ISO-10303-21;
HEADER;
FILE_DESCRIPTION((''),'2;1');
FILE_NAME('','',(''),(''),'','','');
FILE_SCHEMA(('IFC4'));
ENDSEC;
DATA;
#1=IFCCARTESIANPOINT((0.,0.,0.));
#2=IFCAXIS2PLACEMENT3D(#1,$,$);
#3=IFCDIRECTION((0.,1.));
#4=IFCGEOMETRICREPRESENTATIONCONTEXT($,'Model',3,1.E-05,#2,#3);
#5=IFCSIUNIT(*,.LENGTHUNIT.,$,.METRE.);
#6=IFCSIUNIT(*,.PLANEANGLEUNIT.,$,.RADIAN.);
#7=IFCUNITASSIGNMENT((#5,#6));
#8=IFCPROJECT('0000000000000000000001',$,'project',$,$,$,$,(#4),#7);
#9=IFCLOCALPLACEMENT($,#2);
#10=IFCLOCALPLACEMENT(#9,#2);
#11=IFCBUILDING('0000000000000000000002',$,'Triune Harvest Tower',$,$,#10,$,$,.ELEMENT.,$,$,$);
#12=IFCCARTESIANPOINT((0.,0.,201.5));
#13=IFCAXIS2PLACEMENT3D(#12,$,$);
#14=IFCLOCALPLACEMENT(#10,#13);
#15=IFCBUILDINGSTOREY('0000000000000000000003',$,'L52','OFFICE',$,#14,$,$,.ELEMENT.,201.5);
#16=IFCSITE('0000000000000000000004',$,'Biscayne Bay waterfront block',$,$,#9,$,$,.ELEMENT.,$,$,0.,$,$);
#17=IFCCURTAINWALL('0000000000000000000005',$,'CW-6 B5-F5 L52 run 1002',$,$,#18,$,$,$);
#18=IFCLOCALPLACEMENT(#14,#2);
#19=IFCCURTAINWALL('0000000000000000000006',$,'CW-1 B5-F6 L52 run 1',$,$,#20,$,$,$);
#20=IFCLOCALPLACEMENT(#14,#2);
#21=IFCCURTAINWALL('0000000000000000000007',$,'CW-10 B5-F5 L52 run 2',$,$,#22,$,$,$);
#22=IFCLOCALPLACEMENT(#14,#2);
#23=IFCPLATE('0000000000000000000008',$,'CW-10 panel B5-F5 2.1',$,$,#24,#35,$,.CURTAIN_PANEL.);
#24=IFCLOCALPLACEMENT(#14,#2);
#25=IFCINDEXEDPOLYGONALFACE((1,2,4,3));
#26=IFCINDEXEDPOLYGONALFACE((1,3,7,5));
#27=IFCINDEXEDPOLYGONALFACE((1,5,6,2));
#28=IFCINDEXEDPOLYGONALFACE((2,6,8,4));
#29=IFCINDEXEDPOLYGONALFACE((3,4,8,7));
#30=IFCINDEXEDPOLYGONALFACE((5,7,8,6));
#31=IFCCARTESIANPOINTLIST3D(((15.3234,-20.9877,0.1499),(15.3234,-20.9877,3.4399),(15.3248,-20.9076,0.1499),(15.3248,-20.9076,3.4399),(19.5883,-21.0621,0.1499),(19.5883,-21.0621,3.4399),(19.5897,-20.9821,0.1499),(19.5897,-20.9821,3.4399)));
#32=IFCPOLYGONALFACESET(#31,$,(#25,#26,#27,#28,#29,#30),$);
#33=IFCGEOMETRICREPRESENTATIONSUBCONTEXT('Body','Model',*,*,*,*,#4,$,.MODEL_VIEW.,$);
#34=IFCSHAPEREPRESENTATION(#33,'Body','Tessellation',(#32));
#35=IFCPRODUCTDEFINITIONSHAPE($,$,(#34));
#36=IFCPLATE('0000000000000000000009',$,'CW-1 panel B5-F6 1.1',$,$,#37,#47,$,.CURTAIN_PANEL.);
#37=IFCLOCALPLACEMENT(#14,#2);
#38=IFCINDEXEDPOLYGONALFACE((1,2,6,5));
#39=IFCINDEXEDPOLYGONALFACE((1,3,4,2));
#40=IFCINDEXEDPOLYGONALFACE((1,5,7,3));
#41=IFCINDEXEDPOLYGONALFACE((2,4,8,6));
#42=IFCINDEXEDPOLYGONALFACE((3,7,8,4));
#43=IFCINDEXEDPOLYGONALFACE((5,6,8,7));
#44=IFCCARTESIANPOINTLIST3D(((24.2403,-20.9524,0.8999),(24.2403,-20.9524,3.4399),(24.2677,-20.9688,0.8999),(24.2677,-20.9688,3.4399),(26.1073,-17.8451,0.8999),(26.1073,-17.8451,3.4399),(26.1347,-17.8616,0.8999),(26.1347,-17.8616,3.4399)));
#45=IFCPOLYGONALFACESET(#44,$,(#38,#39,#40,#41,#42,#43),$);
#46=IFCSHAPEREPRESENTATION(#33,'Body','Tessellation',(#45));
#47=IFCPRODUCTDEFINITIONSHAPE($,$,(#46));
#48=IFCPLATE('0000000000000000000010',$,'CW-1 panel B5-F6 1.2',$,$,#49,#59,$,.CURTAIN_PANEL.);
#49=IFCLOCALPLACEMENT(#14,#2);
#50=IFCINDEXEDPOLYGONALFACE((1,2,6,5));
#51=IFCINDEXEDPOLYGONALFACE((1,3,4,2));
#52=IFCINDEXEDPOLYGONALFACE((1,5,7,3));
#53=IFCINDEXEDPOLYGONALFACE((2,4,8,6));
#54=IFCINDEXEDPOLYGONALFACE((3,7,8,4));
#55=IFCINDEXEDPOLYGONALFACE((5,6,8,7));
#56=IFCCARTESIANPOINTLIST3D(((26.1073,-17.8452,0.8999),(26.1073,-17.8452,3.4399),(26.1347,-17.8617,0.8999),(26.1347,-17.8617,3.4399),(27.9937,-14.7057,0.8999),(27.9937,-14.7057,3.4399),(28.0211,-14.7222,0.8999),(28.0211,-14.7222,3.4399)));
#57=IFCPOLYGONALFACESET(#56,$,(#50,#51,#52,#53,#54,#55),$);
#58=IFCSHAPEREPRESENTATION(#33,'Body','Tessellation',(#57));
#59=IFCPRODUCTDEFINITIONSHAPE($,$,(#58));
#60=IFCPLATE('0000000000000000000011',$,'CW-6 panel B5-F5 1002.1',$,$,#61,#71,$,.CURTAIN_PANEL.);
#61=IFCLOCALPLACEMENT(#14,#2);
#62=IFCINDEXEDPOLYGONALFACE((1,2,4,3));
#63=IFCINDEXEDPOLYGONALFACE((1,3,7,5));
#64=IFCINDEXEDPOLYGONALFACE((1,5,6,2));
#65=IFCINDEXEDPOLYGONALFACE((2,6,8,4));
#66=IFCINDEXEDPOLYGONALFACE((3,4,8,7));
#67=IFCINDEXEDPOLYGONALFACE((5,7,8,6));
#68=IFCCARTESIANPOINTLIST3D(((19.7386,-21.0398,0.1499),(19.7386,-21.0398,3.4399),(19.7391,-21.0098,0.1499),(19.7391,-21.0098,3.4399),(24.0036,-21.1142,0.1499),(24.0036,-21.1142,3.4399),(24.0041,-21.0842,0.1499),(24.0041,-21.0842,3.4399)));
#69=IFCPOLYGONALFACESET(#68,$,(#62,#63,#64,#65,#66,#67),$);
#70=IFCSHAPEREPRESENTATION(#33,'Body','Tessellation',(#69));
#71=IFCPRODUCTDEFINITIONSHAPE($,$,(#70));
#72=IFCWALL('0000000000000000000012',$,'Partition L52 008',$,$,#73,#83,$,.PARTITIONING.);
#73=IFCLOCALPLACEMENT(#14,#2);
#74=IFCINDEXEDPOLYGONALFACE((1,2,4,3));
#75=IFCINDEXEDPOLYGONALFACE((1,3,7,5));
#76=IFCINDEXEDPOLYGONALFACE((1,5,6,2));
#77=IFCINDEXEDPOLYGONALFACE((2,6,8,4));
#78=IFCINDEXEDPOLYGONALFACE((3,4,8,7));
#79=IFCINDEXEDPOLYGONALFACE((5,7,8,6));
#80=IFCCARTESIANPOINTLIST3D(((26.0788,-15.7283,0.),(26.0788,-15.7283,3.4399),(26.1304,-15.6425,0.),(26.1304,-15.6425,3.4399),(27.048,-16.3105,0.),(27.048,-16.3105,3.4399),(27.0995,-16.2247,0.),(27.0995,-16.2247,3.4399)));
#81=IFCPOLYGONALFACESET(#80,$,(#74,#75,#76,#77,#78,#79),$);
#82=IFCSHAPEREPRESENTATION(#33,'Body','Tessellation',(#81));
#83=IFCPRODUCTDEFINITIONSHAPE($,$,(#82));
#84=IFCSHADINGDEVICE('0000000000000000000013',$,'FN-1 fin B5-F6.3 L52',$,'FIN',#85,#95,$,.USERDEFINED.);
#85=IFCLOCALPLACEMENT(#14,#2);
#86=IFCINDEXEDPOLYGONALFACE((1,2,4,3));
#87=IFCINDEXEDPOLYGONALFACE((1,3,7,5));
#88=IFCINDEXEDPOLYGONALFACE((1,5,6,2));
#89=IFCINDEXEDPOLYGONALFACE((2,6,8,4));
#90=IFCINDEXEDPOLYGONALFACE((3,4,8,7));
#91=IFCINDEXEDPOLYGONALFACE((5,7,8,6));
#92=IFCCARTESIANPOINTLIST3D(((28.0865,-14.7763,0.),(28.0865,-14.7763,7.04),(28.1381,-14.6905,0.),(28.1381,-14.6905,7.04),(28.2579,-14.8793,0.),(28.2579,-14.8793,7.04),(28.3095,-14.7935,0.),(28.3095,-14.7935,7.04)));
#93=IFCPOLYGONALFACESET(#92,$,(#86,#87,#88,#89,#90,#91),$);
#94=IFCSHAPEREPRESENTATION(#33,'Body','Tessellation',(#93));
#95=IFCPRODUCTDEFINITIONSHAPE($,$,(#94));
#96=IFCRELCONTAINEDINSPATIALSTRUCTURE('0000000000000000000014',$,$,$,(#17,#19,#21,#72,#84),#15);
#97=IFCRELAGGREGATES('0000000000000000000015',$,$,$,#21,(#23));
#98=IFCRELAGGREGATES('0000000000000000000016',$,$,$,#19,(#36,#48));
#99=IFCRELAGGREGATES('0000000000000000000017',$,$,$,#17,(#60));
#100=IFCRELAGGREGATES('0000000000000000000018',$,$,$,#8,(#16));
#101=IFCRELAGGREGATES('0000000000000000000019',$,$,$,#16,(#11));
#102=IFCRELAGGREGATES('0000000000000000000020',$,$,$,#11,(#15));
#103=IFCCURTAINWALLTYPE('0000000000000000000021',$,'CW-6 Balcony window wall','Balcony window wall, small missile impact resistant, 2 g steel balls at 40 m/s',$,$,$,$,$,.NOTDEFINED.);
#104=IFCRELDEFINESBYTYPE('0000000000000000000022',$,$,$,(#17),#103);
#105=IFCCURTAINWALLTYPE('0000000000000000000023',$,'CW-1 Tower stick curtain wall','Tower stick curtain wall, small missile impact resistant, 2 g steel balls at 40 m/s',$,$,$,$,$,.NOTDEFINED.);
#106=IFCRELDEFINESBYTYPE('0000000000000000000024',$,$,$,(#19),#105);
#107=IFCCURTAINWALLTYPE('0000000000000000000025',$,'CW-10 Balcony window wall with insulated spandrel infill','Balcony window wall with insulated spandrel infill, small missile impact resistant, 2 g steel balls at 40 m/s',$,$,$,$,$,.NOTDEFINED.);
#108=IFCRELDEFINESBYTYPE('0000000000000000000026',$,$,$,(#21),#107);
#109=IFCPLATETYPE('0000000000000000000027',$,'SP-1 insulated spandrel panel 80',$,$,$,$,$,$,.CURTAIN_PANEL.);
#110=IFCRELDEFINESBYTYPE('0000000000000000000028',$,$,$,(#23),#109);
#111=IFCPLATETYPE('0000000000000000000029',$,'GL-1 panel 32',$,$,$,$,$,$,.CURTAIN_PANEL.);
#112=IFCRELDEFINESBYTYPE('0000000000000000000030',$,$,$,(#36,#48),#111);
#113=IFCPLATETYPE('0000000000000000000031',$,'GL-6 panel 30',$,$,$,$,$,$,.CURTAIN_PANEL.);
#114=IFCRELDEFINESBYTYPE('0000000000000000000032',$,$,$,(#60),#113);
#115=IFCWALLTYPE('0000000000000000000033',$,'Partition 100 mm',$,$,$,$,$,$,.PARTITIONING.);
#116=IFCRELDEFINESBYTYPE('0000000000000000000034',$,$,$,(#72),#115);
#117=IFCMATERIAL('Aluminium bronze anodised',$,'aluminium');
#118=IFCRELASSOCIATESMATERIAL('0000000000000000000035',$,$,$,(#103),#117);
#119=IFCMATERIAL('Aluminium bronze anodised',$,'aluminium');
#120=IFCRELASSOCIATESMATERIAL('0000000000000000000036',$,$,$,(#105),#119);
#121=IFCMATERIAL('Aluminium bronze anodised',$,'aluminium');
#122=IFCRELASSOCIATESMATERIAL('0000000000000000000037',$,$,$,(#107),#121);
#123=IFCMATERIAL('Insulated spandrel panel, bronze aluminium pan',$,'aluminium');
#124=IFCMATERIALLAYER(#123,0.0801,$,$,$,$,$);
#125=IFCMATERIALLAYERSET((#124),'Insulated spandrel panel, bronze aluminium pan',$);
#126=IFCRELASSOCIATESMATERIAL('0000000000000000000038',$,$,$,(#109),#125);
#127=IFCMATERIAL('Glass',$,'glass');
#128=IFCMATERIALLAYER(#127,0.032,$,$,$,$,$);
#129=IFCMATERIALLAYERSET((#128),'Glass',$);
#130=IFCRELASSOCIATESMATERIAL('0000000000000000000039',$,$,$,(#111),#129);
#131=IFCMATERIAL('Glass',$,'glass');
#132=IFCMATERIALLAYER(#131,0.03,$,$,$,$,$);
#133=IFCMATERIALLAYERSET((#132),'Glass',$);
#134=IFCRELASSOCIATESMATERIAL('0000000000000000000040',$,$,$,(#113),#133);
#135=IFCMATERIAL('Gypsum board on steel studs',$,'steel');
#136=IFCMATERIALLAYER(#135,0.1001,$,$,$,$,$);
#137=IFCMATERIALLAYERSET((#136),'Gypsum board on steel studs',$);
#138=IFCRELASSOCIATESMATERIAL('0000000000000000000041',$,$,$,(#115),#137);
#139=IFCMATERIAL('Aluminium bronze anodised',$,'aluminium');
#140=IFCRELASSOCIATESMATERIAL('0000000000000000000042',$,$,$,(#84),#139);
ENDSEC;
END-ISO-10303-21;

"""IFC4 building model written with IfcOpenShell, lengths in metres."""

from ifc_helpers import new_model, si_unit, direction, frame, frame_2d, origin, origin_2d, place, context, subcontext, project, spatial, rectangle, extrude, source, transform, mapped, material, layer, layer_set, type_object, element, aggregate, save


model = new_model("IFC4")

# Units and contexts
model_context = context("Model", 3, precision=1e-05, world=origin(), true_north=direction((0.0, 1.0)))
body_context = subcontext(model_context, "Body", "Model", "MODEL_VIEW")
ifc_project = project(units=[si_unit("LENGTHUNIT", "METRE"), si_unit("PLANEANGLEUNIT", "RADIAN")], contexts=[model_context])

# Site, building, storey
site_placement = place(None, origin())
site = spatial("IfcSite", under=ifc_project, at=site_placement, Name="Biscayne Bay waterfront block", CompositionType="ELEMENT", RefElevation=0.0)
building_placement = place(site_placement, origin())
building = spatial("IfcBuilding", under=site, at=building_placement, Name="Triune Harvest Tower", CompositionType="ELEMENT")
storey_placement = place(building_placement, frame((0.0, 0.0, 201.5)))
storey = spatial("IfcBuildingStorey", under=building, at=storey_placement, Name="L52", Description="OFFICE", CompositionType="ELEMENT", Elevation=201.5)

# Curtain wall
ifc_material_1 = material(Name="Aluminium bronze anodised", Category="aluminium")
curtain_wall_type_1 = type_object("IfcCurtainWallType", Name="CW-6 Balcony window wall", Description="Balcony window wall, small missile impact resistant, 2 g steel balls at 40 m/s", PredefinedType="NOTDEFINED", material=ifc_material_1)
curtain_wall_1_placement = place(storey_placement, origin())
curtain_wall_1 = element("IfcCurtainWall", 1, at=curtain_wall_1_placement, inside=storey, type_object=curtain_wall_type_1, Name="CW-6 B5-F5 L52 run 1002")

# Curtain wall
ifc_material_2 = material(Name="Aluminium bronze anodised", Category="aluminium")
curtain_wall_type_2 = type_object("IfcCurtainWallType", Name="CW-1 Tower stick curtain wall", Description="Tower stick curtain wall, small missile impact resistant, 2 g steel balls at 40 m/s", PredefinedType="NOTDEFINED", material=ifc_material_2)
curtain_wall_2_placement = place(storey_placement, origin())
curtain_wall_2 = element("IfcCurtainWall", 2, at=curtain_wall_2_placement, inside=storey, type_object=curtain_wall_type_2, Name="CW-1 B5-F6 L52 run 1")

# Curtain wall
ifc_material_3 = material(Name="Aluminium bronze anodised", Category="aluminium")
curtain_wall_type_3 = type_object("IfcCurtainWallType", Name="CW-10 Balcony window wall with insulated spandrel infill", Description="Balcony window wall with insulated spandrel infill, small missile impact resistant, 2 g steel balls at 40 m/s", PredefinedType="NOTDEFINED", material=ifc_material_3)
curtain_wall_3_placement = place(storey_placement, origin())
curtain_wall_3 = element("IfcCurtainWall", 3, at=curtain_wall_3_placement, inside=storey, type_object=curtain_wall_type_3, Name="CW-10 B5-F5 L52 run 2")

# Plates
ifc_material_4 = material(Name="Insulated spandrel panel, bronze aluminium pan", Category="aluminium")
ifc_layer_1 = layer(ifc_material_4, 0.0801)
ifc_layer_set_1 = layer_set([ifc_layer_1], Name="Insulated spandrel panel, bronze aluminium pan")
plate_type_1 = type_object("IfcPlateType", Name="SP-1 insulated spandrel panel 80", PredefinedType="CURTAIN_PANEL", material=ifc_layer_set_1)
shared_shape_1 = source(origin(), body_context, "Body", "SweptSolid", [
    extrude(rectangle(XDim=4.2656, YDim=0.0801, at=origin_2d()), origin(), (0.0, 0.0, 1.0), 3.29),
])
plate_1_placement = place(storey_placement, frame((17.4565, -20.9849, 0.1499), z_axis=(0.0, 0.0, 1.0), x_axis=(0.999848, -0.017458, 0.0)))
plate_1 = element("IfcPlate", 4, at=plate_1_placement, type_object=plate_type_1, Name="CW-10 panel B5-F5 2.1", PredefinedType="CURTAIN_PANEL", context=body_context, shape_type="MappedRepresentation", body=[
    mapped(shared_shape_1, transform((0.0, 0.0, 0.0), scale=1.0)),
])
aggregate(curtain_wall_3, [plate_1])
ifc_material_5 = material(Name="Glass", Category="glass")
ifc_layer_2 = layer(ifc_material_5, 0.032)
ifc_layer_set_2 = layer_set([ifc_layer_2], Name="Glass")
plate_type_2 = type_object("IfcPlateType", Name="GL-1 panel 32", PredefinedType="CURTAIN_PANEL", material=ifc_layer_set_2)
shared_shape_2 = source(origin(), body_context, "Body", "SweptSolid", [
    extrude(rectangle(XDim=3.625, YDim=0.032, at=origin_2d()), origin(), (0.0, 0.0, 1.0), 2.54),
])
plate_2_placement = place(storey_placement, frame((25.1875, -19.407, 0.8999), z_axis=(0.0, 0.0, 1.0), x_axis=(0.515037, 0.857168, 0.0)))
plate_2 = element("IfcPlate", 5, at=plate_2_placement, type_object=plate_type_2, Name="CW-1 panel B5-F6 1.1", PredefinedType="CURTAIN_PANEL", context=body_context, shape_type="MappedRepresentation", body=[
    mapped(shared_shape_2, transform((0.0, 0.0, 0.0), scale=1.0)),
])
shared_shape_3 = source(origin(), body_context, "Body", "SweptSolid", [
    extrude(rectangle(XDim=3.6626, YDim=0.032, at=origin_2d()), origin(), (0.0, 0.0, 1.0), 2.54),
])
plate_3_placement = place(storey_placement, frame((27.0642, -16.2837, 0.8999), z_axis=(0.0, 0.0, 1.0), x_axis=(0.515037, 0.857168, 0.0)))
plate_3 = element("IfcPlate", 6, at=plate_3_placement, type_object=plate_type_2, Name="CW-1 panel B5-F6 1.2", PredefinedType="CURTAIN_PANEL", context=body_context, shape_type="MappedRepresentation", body=[
    mapped(shared_shape_3, transform((0.0, 0.0, 0.0), scale=1.0)),
])
aggregate(curtain_wall_2, [plate_2, plate_3])
ifc_material_6 = material(Name="Glass", Category="glass")
ifc_layer_3 = layer(ifc_material_6, 0.03)
ifc_layer_set_3 = layer_set([ifc_layer_3], Name="Glass")
plate_type_3 = type_object("IfcPlateType", Name="GL-6 panel 30", PredefinedType="CURTAIN_PANEL", material=ifc_layer_set_3)
shared_shape_4 = source(origin(), body_context, "Body", "SweptSolid", [
    extrude(rectangle(XDim=4.2656, YDim=0.03, at=origin_2d()), origin(), (0.0, 0.0, 1.0), 3.29),
])
plate_4_placement = place(storey_placement, frame((21.8713, -21.062, 0.1499), z_axis=(0.0, 0.0, 1.0), x_axis=(0.999848, -0.017445, 0.0)))
plate_4 = element("IfcPlate", 7, at=plate_4_placement, type_object=plate_type_3, Name="CW-6 panel B5-F5 1002.1", PredefinedType="CURTAIN_PANEL", context=body_context, shape_type="MappedRepresentation", body=[
    mapped(shared_shape_4, transform((0.0, 0.0, 0.0), scale=1.0)),
])
aggregate(curtain_wall_1, [plate_4])

# Wall
ifc_material_7 = material(Name="Gypsum board on steel studs", Category="steel")
ifc_layer_4 = layer(ifc_material_7, 0.1001)
ifc_layer_set_4 = layer_set([ifc_layer_4], Name="Gypsum board on steel studs")
wall_type = type_object("IfcWallType", Name="Partition 100 mm", PredefinedType="PARTITIONING", material=ifc_layer_set_4)
shared_shape_5 = source(origin(), body_context, "Body", "SweptSolid", [
    extrude(rectangle(XDim=1.1306, YDim=0.1001, at=frame_2d((0.5654, 0.0))), origin(), (0.0, 0.0, 1.0), 3.4399),
])
wall_placement = place(storey_placement, frame((26.1045, -15.6853, 0.0), z_axis=(0.0, 0.0, 1.0), x_axis=(0.857207, -0.514972, 0.0)))
element("IfcWall", 8, at=wall_placement, inside=storey, type_object=wall_type, Name="Partition L52 008", PredefinedType="PARTITIONING", context=body_context, shape_type="MappedRepresentation", body=[
    mapped(shared_shape_5, transform((0.0, 0.0, 0.0), scale=1.0)),
])

# Shading device
ifc_material_8 = material(Name="Aluminium bronze anodised", Category="aluminium")
shared_shape_6 = source(origin(), body_context, "Body", "SweptSolid", [
    extrude(rectangle(XDim=0.1001, YDim=0.2, at=origin_2d()), origin(), (0.0, 0.0, 1.0), 7.04),
])
shading_device_placement = place(storey_placement, frame((28.198, -14.7849, 0.0), z_axis=(0.0, 0.0, 1.0), x_axis=(0.515037, 0.857168, 0.0)))
element("IfcShadingDevice", 9, at=shading_device_placement, inside=storey, material=ifc_material_8, Name="FN-1 fin B5-F6.3 L52", ObjectType="FIN", PredefinedType="USERDEFINED", context=body_context, shape_type="MappedRepresentation", body=[
    mapped(shared_shape_6, transform((0.0, 0.0, 0.0), scale=1.0)),
])

save(model, "model.ifc")
